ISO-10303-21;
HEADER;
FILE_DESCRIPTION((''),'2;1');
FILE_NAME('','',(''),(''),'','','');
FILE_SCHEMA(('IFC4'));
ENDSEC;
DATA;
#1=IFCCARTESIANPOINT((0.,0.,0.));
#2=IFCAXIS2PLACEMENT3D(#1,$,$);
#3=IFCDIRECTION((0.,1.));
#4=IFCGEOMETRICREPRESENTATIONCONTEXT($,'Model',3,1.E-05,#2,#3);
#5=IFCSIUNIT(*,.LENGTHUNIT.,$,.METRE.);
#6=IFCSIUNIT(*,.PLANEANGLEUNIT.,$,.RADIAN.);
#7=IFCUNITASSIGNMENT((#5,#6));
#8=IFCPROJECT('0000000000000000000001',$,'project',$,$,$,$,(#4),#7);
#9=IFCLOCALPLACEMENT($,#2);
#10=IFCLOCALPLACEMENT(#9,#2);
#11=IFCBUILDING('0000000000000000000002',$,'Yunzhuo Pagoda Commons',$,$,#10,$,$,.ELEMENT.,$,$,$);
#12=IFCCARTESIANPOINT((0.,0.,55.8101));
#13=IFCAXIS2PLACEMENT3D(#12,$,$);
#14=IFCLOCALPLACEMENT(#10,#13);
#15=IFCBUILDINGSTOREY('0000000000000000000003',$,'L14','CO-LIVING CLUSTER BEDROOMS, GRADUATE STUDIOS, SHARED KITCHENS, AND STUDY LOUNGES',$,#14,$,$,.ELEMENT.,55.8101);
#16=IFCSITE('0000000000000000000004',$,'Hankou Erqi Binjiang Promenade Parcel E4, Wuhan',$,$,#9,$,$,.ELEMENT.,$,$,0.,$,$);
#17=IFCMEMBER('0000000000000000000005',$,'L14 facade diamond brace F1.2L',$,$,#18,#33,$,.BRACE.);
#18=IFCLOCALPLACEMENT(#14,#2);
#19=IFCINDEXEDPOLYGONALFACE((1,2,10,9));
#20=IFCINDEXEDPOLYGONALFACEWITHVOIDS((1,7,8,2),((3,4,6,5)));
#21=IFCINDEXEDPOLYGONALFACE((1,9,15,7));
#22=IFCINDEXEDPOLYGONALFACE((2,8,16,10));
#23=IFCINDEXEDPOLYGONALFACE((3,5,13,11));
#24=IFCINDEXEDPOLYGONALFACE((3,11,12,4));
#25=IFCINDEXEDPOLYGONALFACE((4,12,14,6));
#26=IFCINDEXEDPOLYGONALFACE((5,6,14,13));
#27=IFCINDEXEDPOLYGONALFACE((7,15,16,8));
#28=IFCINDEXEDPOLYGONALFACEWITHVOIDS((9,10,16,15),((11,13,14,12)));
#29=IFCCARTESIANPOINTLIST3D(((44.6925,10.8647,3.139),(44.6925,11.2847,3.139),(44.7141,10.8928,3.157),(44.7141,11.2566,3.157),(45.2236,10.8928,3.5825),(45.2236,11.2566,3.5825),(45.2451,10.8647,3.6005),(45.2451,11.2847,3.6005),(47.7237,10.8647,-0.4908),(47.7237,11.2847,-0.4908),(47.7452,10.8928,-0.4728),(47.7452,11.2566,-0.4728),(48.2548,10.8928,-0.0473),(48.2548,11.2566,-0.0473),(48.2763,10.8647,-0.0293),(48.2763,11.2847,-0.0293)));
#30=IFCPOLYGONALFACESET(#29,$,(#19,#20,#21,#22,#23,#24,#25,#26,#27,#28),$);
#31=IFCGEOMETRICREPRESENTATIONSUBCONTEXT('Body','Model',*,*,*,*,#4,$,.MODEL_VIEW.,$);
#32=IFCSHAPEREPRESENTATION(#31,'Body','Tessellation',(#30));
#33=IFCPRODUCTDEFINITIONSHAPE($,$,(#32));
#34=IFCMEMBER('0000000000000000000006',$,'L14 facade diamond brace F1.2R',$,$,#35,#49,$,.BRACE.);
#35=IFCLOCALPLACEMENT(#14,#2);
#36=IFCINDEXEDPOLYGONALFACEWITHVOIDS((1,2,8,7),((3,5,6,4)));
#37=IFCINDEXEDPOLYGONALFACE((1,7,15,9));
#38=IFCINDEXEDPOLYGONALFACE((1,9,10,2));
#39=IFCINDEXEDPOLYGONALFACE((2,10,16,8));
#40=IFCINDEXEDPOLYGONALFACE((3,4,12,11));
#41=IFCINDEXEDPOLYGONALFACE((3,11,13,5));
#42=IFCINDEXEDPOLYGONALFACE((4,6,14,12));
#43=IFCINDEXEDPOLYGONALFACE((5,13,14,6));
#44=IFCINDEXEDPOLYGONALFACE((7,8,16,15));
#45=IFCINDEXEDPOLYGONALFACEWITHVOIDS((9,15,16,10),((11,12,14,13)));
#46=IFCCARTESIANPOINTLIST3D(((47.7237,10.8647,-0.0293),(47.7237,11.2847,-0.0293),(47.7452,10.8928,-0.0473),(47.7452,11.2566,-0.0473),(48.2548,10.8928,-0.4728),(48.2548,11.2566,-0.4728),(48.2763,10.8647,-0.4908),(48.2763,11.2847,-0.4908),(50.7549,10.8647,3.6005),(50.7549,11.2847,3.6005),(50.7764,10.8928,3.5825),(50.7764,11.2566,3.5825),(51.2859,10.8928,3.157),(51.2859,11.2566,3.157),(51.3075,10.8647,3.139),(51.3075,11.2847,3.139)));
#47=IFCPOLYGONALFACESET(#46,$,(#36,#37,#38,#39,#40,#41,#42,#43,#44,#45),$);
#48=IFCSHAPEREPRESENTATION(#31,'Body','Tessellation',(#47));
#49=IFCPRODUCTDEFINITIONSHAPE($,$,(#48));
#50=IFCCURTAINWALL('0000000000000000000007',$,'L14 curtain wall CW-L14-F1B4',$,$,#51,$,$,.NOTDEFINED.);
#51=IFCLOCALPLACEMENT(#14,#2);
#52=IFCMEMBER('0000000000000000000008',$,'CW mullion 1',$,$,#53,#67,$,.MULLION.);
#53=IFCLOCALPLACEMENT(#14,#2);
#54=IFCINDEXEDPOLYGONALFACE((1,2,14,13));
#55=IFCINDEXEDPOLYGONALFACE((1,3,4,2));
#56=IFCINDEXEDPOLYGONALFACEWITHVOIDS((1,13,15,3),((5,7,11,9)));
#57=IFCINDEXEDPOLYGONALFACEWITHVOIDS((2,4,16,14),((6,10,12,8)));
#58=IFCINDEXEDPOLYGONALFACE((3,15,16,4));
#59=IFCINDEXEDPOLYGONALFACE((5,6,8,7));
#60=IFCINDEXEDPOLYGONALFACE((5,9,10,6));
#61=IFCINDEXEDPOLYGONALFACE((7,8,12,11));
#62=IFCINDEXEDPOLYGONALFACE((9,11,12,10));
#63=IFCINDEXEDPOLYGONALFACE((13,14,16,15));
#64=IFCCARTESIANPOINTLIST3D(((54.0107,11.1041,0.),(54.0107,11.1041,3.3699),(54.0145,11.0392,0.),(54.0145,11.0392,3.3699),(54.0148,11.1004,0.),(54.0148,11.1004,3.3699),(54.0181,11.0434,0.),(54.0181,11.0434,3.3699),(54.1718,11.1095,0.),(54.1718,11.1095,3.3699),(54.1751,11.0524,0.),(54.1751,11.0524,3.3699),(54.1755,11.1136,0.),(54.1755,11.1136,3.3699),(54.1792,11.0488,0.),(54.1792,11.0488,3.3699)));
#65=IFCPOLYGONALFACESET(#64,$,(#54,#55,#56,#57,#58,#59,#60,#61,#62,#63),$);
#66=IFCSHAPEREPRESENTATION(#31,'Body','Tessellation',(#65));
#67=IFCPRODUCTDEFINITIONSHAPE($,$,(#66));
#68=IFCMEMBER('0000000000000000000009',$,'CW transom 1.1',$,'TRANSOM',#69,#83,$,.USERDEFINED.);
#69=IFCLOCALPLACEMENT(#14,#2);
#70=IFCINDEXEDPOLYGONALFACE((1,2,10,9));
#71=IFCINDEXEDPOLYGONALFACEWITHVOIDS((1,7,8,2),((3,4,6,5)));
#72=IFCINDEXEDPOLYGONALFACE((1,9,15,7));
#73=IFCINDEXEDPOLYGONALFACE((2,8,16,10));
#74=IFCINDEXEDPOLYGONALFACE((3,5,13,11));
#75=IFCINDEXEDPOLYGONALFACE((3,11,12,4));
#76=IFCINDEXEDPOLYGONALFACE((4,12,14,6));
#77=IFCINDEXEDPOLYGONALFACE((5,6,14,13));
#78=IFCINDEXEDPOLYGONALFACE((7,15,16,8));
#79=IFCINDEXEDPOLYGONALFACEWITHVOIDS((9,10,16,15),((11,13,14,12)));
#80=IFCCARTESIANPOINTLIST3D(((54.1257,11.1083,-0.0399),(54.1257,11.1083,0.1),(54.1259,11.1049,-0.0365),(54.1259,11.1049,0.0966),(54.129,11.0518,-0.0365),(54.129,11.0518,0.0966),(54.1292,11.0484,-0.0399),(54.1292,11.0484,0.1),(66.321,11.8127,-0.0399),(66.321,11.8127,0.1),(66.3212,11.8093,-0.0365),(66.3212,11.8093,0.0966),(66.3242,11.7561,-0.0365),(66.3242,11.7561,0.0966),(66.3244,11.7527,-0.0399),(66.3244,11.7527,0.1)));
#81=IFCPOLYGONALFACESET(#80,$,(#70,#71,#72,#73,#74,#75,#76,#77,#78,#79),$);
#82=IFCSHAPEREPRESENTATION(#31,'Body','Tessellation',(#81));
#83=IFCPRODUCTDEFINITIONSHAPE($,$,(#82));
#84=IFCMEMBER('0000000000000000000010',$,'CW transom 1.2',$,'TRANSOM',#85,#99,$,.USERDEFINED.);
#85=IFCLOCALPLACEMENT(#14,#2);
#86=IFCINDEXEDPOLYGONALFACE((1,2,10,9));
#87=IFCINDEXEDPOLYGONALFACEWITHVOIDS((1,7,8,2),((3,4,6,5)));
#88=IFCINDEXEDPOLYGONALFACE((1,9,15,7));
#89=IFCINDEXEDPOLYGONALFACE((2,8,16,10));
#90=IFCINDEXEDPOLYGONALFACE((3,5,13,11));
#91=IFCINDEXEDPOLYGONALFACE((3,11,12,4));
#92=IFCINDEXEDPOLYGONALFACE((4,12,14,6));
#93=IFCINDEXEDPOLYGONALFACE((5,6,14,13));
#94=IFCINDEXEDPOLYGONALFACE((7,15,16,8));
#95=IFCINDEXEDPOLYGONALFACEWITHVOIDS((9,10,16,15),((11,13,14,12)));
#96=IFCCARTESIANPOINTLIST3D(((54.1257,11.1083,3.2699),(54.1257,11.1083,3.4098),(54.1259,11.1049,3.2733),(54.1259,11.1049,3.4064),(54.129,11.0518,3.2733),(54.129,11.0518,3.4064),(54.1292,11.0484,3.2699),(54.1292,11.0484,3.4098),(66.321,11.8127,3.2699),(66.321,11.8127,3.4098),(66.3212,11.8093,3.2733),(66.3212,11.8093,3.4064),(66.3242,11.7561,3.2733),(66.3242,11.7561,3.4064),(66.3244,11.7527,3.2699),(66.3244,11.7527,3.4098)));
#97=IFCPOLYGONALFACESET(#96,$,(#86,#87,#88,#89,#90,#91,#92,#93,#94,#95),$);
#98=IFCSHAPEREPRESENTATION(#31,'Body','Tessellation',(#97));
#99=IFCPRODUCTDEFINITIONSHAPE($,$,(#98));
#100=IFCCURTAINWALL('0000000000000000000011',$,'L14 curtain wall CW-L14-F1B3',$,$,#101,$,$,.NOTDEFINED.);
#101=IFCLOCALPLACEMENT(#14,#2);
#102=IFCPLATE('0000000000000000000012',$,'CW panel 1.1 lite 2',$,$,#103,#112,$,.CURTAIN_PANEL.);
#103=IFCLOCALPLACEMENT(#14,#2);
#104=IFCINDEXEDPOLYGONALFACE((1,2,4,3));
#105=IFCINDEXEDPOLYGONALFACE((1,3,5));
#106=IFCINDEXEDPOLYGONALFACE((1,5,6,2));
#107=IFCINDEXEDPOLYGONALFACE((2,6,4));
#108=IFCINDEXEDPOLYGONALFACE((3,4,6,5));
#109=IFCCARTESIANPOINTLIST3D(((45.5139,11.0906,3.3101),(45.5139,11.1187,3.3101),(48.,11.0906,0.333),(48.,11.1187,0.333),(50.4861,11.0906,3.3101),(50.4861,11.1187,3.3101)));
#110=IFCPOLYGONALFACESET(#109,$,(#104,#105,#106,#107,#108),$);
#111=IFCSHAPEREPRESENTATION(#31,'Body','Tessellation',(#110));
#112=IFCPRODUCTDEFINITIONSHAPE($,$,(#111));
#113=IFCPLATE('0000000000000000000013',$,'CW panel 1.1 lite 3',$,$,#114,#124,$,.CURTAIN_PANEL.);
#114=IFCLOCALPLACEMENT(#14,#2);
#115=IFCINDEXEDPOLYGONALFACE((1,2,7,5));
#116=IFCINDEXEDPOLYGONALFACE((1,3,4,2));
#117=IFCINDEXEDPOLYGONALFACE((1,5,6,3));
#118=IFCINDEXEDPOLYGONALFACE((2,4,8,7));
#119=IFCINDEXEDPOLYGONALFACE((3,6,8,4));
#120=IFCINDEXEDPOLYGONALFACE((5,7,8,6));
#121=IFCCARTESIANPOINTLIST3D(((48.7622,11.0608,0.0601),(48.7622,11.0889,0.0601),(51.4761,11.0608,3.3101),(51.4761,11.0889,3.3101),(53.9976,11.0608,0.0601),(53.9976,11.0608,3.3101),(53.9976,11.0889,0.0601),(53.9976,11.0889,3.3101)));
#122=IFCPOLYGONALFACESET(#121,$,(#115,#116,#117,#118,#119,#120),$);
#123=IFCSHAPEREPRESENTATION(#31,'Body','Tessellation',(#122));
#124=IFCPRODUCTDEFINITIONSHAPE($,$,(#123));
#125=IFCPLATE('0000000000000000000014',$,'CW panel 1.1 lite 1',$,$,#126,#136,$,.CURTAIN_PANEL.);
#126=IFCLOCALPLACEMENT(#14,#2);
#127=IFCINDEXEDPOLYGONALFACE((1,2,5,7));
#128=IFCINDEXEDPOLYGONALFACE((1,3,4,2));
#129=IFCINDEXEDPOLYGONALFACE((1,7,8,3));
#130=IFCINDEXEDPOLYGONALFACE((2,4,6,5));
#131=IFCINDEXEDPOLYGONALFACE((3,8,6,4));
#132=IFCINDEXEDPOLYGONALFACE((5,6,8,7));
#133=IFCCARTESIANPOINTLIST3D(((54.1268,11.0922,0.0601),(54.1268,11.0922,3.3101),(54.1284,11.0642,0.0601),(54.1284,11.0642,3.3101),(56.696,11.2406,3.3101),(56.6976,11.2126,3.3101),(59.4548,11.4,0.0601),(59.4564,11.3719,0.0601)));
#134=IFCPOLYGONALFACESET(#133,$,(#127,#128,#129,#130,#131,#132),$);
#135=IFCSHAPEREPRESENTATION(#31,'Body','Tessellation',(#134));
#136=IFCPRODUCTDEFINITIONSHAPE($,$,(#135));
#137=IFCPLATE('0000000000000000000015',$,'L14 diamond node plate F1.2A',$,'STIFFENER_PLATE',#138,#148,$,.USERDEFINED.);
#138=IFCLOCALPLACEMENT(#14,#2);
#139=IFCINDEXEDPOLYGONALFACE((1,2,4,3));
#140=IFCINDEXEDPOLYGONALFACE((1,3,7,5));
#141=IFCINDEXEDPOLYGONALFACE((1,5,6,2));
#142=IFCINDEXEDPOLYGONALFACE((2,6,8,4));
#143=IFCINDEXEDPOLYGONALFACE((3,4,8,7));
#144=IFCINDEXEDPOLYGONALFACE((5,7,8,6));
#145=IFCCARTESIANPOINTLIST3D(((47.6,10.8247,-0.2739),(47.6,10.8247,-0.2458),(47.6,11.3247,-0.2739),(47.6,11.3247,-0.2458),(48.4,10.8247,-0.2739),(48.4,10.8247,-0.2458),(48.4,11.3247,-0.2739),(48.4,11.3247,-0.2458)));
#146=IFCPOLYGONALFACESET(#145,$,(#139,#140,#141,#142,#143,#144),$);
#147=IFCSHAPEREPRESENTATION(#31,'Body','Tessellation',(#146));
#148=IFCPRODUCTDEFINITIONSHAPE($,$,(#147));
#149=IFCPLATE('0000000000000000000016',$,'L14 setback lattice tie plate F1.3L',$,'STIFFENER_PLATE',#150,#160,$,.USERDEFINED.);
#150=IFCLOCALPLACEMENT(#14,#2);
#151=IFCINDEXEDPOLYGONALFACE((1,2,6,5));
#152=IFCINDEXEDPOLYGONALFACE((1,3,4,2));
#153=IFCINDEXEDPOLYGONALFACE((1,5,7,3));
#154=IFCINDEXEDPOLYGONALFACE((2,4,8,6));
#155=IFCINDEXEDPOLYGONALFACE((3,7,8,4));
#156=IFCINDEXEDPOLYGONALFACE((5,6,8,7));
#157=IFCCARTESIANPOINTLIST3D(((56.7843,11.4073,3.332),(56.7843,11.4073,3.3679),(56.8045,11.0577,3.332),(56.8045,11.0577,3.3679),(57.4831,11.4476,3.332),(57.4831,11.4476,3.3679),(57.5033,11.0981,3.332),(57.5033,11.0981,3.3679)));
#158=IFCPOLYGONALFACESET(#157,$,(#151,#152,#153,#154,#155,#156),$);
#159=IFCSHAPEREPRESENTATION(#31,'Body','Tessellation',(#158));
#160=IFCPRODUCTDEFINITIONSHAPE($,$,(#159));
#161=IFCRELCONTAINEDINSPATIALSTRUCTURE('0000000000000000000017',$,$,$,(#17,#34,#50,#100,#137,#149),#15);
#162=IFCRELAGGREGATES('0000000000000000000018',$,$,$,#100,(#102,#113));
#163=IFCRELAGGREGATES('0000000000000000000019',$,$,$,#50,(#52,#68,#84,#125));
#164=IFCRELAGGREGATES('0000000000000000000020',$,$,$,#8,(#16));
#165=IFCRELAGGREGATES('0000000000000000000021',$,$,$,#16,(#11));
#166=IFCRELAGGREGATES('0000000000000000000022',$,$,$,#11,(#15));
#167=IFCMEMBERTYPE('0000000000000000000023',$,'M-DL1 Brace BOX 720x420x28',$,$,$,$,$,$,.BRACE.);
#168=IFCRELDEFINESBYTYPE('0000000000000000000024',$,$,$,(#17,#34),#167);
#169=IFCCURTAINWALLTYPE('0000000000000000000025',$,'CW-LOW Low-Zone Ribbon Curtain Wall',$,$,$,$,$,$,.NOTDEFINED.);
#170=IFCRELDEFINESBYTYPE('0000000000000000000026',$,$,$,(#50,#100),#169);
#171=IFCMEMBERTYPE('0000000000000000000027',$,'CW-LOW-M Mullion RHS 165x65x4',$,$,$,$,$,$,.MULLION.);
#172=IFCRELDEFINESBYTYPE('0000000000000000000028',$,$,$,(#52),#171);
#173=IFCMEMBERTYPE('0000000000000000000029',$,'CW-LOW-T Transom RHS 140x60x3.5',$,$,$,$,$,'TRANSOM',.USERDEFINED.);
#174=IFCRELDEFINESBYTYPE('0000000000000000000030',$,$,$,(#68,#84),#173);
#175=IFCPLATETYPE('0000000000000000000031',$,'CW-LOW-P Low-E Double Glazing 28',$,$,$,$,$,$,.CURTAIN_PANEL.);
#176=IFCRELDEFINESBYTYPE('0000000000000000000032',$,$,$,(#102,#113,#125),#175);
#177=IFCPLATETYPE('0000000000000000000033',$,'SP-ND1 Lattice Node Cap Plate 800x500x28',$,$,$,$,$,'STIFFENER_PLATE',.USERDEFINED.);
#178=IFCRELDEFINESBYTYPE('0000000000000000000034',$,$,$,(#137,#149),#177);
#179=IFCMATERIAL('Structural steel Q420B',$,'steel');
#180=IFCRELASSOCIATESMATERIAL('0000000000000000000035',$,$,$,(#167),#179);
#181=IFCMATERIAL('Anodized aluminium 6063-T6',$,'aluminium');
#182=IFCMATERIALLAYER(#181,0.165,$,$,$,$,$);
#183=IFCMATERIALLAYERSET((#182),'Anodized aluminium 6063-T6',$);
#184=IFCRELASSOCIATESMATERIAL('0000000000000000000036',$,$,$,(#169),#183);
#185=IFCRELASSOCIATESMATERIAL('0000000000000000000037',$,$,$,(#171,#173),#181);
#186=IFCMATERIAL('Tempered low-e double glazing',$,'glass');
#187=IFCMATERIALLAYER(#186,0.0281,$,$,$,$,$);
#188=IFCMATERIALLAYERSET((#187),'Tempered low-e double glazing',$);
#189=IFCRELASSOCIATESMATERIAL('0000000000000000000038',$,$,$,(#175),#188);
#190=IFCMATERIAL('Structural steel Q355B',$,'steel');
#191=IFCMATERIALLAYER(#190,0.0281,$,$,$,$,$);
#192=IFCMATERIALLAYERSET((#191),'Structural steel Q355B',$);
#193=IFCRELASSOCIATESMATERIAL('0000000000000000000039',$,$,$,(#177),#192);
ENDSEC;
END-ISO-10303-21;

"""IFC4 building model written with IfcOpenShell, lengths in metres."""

from ifc_helpers import new_model, si_unit, direction, frame, origin, origin_2d, place, context, subcontext, project, spatial, polyline, rectangle, hollow_rectangle, outline, extrude, source, transform, mapped, material, layer, layer_set, material_profile, profile_set, type_object, element, aggregate, save


model = new_model("IFC4")

# Units and contexts
model_context = context("Model", 3, precision=1e-05, world=origin(), true_north=direction((0.0, 1.0)))
body_context = subcontext(model_context, "Body", "Model", "MODEL_VIEW")
ifc_project = project(units=[si_unit("LENGTHUNIT", "METRE"), si_unit("PLANEANGLEUNIT", "RADIAN")], contexts=[model_context])

# Site, building, storey
site_placement = place(None, origin())
site = spatial("IfcSite", under=ifc_project, at=site_placement, Name="Hankou Erqi Binjiang Promenade Parcel E4, Wuhan", CompositionType="ELEMENT", RefElevation=0.0)
building_placement = place(site_placement, origin())
building = spatial("IfcBuilding", under=site, at=building_placement, Name="Yunzhuo Pagoda Commons", CompositionType="ELEMENT")
storey_placement = place(building_placement, frame((0.0, 0.0, 55.8101)))
storey = spatial("IfcBuildingStorey", under=building, at=storey_placement, Name="L14", Description="CO-LIVING CLUSTER BEDROOMS, GRADUATE STUDIOS, SHARED KITCHENS, AND STUDY LOUNGES", CompositionType="ELEMENT", Elevation=55.8101)

# Shared definitions
ifc_material_1 = material(Name="Structural steel Q420B", Category="steel")

# Shared definitions
ifc_material_2 = material(Name="Structural steel Q355B", Category="steel")

# Members
ifc_material_profile_1 = material_profile(ifc_material_1, hollow_rectangle(XDim=0.4199, YDim=0.72, WallThickness=0.0281, at=origin_2d()), Name="Structural steel Q420B")
ifc_profile_set_1 = profile_set([ifc_material_profile_1], Name="Structural steel Q420B")
member_type_1 = type_object("IfcMemberType", Name="M-DL1 Brace BOX 720x420x28", PredefinedType="BRACE", material=ifc_profile_set_1)
shared_shape_1 = source(origin(), body_context, "Body", "SweptSolid", [
    extrude(hollow_rectangle(XDim=0.4199, YDim=0.72, WallThickness=0.0281, at=origin_2d()), origin(), (0.0, 0.0, 1.0), 4.729),
])
for number, where, z_axis, x_axis, name in (
    (1, (48.0, 11.0747, -0.26), (-0.640976, 0.0, 0.767561), (0.0, -1.0, 0.0), "L14 facade diamond brace F1.2L"),
    (2, (48.0, 11.0747, -0.26), (0.640976, 0.0, 0.767561), (0.0, 1.0, 0.0), "L14 facade diamond brace F1.2R"),
):
    element("IfcMember", number, at=place(storey_placement, frame(where, z_axis=z_axis, x_axis=x_axis)), inside=storey, type_object=member_type_1, Name=name, PredefinedType="BRACE", context=body_context, shape_type="MappedRepresentation", body=[
        mapped(shared_shape_1, transform((0.0, 0.0, 0.0), scale=1.0)),
    ])

# Curtain wall, members
ifc_material_3 = material(Name="Anodized aluminium 6063-T6", Category="aluminium")
ifc_layer_1 = layer(ifc_material_3, 0.165)
ifc_layer_set_1 = layer_set([ifc_layer_1], Name="Anodized aluminium 6063-T6")
curtain_wall_type = type_object("IfcCurtainWallType", Name="CW-LOW Low-Zone Ribbon Curtain Wall", PredefinedType="NOTDEFINED", material=ifc_layer_set_1)
curtain_wall_1_placement = place(storey_placement, origin())
curtain_wall_1 = element("IfcCurtainWall", 3, at=curtain_wall_1_placement, inside=storey, type_object=curtain_wall_type, Name="L14 curtain wall CW-L14-F1B4", PredefinedType="NOTDEFINED")
ifc_material_profile_2 = material_profile(ifc_material_3, hollow_rectangle(XDim=0.0649, YDim=0.165, WallThickness=0.0039, at=origin_2d()), Name="Anodized aluminium 6063-T6")
ifc_profile_set_2 = profile_set([ifc_material_profile_2], Name="Anodized aluminium 6063-T6")
member_type_2 = type_object("IfcMemberType", Name="CW-LOW-M Mullion RHS 165x65x4", PredefinedType="MULLION", material=ifc_profile_set_2)
shared_shape_2 = source(origin(), body_context, "Body", "SweptSolid", [
    extrude(hollow_rectangle(XDim=0.0649, YDim=0.165, WallThickness=0.0039, at=origin_2d()), origin(), (0.0, 0.0, 1.0), 3.3699),
])
member_1_placement = place(storey_placement, frame((54.095, 11.0764, 0.0), z_axis=(0.0, 0.0, 1.0), x_axis=(-0.057664, 0.998336, 0.0)))
member_1 = element("IfcMember", 4, at=member_1_placement, type_object=member_type_2, Name="CW mullion 1", PredefinedType="MULLION", context=body_context, shape_type="MappedRepresentation", body=[
    mapped(shared_shape_2, transform((0.0, 0.0, 0.0), scale=1.0)),
])
ifc_material_profile_3 = material_profile(ifc_material_3, hollow_rectangle(XDim=0.0601, YDim=0.1399, WallThickness=0.0034, at=origin_2d()), Name="Anodized aluminium 6063-T6")
ifc_profile_set_3 = profile_set([ifc_material_profile_3], Name="Anodized aluminium 6063-T6")
member_type_3 = type_object("IfcMemberType", Name="CW-LOW-T Transom RHS 140x60x3.5", ElementType="TRANSOM", PredefinedType="USERDEFINED", material=ifc_profile_set_3)
shared_shape_3 = source(origin(), body_context, "Body", "SweptSolid", [
    extrude(hollow_rectangle(XDim=0.0601, YDim=0.1399, WallThickness=0.0034, at=origin_2d()), origin(), (0.0, 0.0, 1.0), 12.2156),
])
member_2_placement = place(storey_placement, frame((54.1274, 11.0784, 0.03), z_axis=(0.998336, 0.057659, 0.0), x_axis=(-0.057659, 0.998336, 0.0)))
member_2 = element("IfcMember", 5, at=member_2_placement, type_object=member_type_3, Name="CW transom 1.1", ObjectType="TRANSOM", PredefinedType="USERDEFINED", context=body_context, shape_type="MappedRepresentation", body=[
    mapped(shared_shape_3, transform((0.0, 0.0, 0.0), scale=1.0)),
])
member_3_placement = place(storey_placement, frame((54.1274, 11.0784, 3.3398), z_axis=(0.998336, 0.057659, 0.0), x_axis=(-0.057659, 0.998336, 0.0)))
member_3 = element("IfcMember", 6, at=member_3_placement, type_object=member_type_3, Name="CW transom 1.2", ObjectType="TRANSOM", PredefinedType="USERDEFINED", context=body_context, shape_type="MappedRepresentation", body=[
    mapped(shared_shape_3, transform((0.0, 0.0, 0.0), scale=1.0)),
])

# Curtain wall, plates
curtain_wall_2_placement = place(storey_placement, origin())
curtain_wall_2 = element("IfcCurtainWall", 7, at=curtain_wall_2_placement, inside=storey, type_object=curtain_wall_type, Name="L14 curtain wall CW-L14-F1B3", PredefinedType="NOTDEFINED")
ifc_material_4 = material(Name="Tempered low-e double glazing", Category="glass")
ifc_layer_2 = layer(ifc_material_4, 0.0281)
ifc_layer_set_2 = layer_set([ifc_layer_2], Name="Tempered low-e double glazing")
plate_type_1 = type_object("IfcPlateType", Name="CW-LOW-P Low-E Double Glazing 28", PredefinedType="CURTAIN_PANEL", material=ifc_layer_set_2)
plate_1_placement = place(storey_placement, frame((48.0, 11.1187, 1.8215), z_axis=(0.0, -1.0, 0.0), x_axis=(1.0, 0.0, 0.0)))
plate_1 = element("IfcPlate", 8, at=plate_1_placement, type_object=plate_type_1, Name="CW panel 1.1 lite 2", PredefinedType="CURTAIN_PANEL", context=body_context, shape_type="SweptSolid", body=[
    extrude(outline(polyline([(-2.4861, 1.4885), (0.0, -1.4885), (2.4861, 1.4885), (-2.4861, 1.4885)])), origin(), (0.0, 0.0, 1.0), 0.0281),
])
plate_2_placement = place(storey_placement, frame((51.3799, 11.0889, 1.6851), z_axis=(0.0, -1.0, 0.0), x_axis=(1.0, 0.0, 0.0)))
plate_2 = element("IfcPlate", 9, at=plate_2_placement, type_object=plate_type_1, Name="CW panel 1.1 lite 3", PredefinedType="CURTAIN_PANEL", context=body_context, shape_type="SweptSolid", body=[
    extrude(outline(polyline([(-2.6177, -1.625), (2.6177, -1.625), (2.6177, 1.625), (0.0962, 1.625), (-2.6177, -1.625)])), origin(), (0.0, 0.0, 1.0), 0.0281),
])
aggregate(curtain_wall_2, [plate_1, plate_2])

# Plate
plate_3_placement = place(storey_placement, frame((56.7908, 11.2461, 1.6851), z_axis=(0.057664, -0.998336, 0.0), x_axis=(0.998336, 0.057664, 0.0)))
plate_3 = element("IfcPlate", 10, at=plate_3_placement, type_object=plate_type_1, Name="CW panel 1.1 lite 1", PredefinedType="CURTAIN_PANEL", context=body_context, shape_type="SweptSolid", body=[
    extrude(outline(polyline([(-2.6685, -1.625), (2.6685, -1.625), (-0.095, 1.625), (-2.6685, 1.625), (-2.6685, -1.625)])), origin(), (0.0, 0.0, 1.0), 0.0281),
])
aggregate(curtain_wall_1, [member_1, member_2, member_3, plate_3])

# Plates
ifc_layer_3 = layer(ifc_material_2, 0.0281)
ifc_layer_set_3 = layer_set([ifc_layer_3], Name="Structural steel Q355B")
plate_type_2 = type_object("IfcPlateType", Name="SP-ND1 Lattice Node Cap Plate 800x500x28", ElementType="STIFFENER_PLATE", PredefinedType="USERDEFINED", material=ifc_layer_set_3)
shared_shape_4 = source(origin(), body_context, "Body", "SweptSolid", [
    extrude(rectangle(XDim=0.8, YDim=0.5, at=origin_2d()), origin(), (0.0, 0.0, 1.0), 0.0281),
])
plate_4_placement = place(storey_placement, frame((48.0, 11.0747, -0.2739), z_axis=(0.0, 0.0, 1.0), x_axis=(1.0, 0.0, 0.0)))
element("IfcPlate", 11, at=plate_4_placement, inside=storey, type_object=plate_type_2, Name="L14 diamond node plate F1.2A", ObjectType="STIFFENER_PLATE", PredefinedType="USERDEFINED", context=body_context, shape_type="MappedRepresentation", body=[
    mapped(shared_shape_4, transform((0.0, 0.0, 0.0), scale=1.0)),
])
shared_shape_5 = source(origin(), body_context, "Body", "SweptSolid", [
    extrude(rectangle(XDim=0.7, YDim=0.3501, at=origin_2d()), origin(), (0.0, 0.0, 1.0), 0.0359),
])
plate_5_placement = place(storey_placement, frame((57.1438, 11.2527, 3.332), z_axis=(0.0, 0.0, 1.0), x_axis=(0.998336, 0.057669, 0.0)))
element("IfcPlate", 12, at=plate_5_placement, inside=storey, type_object=plate_type_2, Name="L14 setback lattice tie plate F1.3L", ObjectType="STIFFENER_PLATE", PredefinedType="USERDEFINED", context=body_context, shape_type="MappedRepresentation", body=[
    mapped(shared_shape_5, transform((0.0, 0.0, 0.0), scale=1.0)),
])

save(model, "model.ifc")
